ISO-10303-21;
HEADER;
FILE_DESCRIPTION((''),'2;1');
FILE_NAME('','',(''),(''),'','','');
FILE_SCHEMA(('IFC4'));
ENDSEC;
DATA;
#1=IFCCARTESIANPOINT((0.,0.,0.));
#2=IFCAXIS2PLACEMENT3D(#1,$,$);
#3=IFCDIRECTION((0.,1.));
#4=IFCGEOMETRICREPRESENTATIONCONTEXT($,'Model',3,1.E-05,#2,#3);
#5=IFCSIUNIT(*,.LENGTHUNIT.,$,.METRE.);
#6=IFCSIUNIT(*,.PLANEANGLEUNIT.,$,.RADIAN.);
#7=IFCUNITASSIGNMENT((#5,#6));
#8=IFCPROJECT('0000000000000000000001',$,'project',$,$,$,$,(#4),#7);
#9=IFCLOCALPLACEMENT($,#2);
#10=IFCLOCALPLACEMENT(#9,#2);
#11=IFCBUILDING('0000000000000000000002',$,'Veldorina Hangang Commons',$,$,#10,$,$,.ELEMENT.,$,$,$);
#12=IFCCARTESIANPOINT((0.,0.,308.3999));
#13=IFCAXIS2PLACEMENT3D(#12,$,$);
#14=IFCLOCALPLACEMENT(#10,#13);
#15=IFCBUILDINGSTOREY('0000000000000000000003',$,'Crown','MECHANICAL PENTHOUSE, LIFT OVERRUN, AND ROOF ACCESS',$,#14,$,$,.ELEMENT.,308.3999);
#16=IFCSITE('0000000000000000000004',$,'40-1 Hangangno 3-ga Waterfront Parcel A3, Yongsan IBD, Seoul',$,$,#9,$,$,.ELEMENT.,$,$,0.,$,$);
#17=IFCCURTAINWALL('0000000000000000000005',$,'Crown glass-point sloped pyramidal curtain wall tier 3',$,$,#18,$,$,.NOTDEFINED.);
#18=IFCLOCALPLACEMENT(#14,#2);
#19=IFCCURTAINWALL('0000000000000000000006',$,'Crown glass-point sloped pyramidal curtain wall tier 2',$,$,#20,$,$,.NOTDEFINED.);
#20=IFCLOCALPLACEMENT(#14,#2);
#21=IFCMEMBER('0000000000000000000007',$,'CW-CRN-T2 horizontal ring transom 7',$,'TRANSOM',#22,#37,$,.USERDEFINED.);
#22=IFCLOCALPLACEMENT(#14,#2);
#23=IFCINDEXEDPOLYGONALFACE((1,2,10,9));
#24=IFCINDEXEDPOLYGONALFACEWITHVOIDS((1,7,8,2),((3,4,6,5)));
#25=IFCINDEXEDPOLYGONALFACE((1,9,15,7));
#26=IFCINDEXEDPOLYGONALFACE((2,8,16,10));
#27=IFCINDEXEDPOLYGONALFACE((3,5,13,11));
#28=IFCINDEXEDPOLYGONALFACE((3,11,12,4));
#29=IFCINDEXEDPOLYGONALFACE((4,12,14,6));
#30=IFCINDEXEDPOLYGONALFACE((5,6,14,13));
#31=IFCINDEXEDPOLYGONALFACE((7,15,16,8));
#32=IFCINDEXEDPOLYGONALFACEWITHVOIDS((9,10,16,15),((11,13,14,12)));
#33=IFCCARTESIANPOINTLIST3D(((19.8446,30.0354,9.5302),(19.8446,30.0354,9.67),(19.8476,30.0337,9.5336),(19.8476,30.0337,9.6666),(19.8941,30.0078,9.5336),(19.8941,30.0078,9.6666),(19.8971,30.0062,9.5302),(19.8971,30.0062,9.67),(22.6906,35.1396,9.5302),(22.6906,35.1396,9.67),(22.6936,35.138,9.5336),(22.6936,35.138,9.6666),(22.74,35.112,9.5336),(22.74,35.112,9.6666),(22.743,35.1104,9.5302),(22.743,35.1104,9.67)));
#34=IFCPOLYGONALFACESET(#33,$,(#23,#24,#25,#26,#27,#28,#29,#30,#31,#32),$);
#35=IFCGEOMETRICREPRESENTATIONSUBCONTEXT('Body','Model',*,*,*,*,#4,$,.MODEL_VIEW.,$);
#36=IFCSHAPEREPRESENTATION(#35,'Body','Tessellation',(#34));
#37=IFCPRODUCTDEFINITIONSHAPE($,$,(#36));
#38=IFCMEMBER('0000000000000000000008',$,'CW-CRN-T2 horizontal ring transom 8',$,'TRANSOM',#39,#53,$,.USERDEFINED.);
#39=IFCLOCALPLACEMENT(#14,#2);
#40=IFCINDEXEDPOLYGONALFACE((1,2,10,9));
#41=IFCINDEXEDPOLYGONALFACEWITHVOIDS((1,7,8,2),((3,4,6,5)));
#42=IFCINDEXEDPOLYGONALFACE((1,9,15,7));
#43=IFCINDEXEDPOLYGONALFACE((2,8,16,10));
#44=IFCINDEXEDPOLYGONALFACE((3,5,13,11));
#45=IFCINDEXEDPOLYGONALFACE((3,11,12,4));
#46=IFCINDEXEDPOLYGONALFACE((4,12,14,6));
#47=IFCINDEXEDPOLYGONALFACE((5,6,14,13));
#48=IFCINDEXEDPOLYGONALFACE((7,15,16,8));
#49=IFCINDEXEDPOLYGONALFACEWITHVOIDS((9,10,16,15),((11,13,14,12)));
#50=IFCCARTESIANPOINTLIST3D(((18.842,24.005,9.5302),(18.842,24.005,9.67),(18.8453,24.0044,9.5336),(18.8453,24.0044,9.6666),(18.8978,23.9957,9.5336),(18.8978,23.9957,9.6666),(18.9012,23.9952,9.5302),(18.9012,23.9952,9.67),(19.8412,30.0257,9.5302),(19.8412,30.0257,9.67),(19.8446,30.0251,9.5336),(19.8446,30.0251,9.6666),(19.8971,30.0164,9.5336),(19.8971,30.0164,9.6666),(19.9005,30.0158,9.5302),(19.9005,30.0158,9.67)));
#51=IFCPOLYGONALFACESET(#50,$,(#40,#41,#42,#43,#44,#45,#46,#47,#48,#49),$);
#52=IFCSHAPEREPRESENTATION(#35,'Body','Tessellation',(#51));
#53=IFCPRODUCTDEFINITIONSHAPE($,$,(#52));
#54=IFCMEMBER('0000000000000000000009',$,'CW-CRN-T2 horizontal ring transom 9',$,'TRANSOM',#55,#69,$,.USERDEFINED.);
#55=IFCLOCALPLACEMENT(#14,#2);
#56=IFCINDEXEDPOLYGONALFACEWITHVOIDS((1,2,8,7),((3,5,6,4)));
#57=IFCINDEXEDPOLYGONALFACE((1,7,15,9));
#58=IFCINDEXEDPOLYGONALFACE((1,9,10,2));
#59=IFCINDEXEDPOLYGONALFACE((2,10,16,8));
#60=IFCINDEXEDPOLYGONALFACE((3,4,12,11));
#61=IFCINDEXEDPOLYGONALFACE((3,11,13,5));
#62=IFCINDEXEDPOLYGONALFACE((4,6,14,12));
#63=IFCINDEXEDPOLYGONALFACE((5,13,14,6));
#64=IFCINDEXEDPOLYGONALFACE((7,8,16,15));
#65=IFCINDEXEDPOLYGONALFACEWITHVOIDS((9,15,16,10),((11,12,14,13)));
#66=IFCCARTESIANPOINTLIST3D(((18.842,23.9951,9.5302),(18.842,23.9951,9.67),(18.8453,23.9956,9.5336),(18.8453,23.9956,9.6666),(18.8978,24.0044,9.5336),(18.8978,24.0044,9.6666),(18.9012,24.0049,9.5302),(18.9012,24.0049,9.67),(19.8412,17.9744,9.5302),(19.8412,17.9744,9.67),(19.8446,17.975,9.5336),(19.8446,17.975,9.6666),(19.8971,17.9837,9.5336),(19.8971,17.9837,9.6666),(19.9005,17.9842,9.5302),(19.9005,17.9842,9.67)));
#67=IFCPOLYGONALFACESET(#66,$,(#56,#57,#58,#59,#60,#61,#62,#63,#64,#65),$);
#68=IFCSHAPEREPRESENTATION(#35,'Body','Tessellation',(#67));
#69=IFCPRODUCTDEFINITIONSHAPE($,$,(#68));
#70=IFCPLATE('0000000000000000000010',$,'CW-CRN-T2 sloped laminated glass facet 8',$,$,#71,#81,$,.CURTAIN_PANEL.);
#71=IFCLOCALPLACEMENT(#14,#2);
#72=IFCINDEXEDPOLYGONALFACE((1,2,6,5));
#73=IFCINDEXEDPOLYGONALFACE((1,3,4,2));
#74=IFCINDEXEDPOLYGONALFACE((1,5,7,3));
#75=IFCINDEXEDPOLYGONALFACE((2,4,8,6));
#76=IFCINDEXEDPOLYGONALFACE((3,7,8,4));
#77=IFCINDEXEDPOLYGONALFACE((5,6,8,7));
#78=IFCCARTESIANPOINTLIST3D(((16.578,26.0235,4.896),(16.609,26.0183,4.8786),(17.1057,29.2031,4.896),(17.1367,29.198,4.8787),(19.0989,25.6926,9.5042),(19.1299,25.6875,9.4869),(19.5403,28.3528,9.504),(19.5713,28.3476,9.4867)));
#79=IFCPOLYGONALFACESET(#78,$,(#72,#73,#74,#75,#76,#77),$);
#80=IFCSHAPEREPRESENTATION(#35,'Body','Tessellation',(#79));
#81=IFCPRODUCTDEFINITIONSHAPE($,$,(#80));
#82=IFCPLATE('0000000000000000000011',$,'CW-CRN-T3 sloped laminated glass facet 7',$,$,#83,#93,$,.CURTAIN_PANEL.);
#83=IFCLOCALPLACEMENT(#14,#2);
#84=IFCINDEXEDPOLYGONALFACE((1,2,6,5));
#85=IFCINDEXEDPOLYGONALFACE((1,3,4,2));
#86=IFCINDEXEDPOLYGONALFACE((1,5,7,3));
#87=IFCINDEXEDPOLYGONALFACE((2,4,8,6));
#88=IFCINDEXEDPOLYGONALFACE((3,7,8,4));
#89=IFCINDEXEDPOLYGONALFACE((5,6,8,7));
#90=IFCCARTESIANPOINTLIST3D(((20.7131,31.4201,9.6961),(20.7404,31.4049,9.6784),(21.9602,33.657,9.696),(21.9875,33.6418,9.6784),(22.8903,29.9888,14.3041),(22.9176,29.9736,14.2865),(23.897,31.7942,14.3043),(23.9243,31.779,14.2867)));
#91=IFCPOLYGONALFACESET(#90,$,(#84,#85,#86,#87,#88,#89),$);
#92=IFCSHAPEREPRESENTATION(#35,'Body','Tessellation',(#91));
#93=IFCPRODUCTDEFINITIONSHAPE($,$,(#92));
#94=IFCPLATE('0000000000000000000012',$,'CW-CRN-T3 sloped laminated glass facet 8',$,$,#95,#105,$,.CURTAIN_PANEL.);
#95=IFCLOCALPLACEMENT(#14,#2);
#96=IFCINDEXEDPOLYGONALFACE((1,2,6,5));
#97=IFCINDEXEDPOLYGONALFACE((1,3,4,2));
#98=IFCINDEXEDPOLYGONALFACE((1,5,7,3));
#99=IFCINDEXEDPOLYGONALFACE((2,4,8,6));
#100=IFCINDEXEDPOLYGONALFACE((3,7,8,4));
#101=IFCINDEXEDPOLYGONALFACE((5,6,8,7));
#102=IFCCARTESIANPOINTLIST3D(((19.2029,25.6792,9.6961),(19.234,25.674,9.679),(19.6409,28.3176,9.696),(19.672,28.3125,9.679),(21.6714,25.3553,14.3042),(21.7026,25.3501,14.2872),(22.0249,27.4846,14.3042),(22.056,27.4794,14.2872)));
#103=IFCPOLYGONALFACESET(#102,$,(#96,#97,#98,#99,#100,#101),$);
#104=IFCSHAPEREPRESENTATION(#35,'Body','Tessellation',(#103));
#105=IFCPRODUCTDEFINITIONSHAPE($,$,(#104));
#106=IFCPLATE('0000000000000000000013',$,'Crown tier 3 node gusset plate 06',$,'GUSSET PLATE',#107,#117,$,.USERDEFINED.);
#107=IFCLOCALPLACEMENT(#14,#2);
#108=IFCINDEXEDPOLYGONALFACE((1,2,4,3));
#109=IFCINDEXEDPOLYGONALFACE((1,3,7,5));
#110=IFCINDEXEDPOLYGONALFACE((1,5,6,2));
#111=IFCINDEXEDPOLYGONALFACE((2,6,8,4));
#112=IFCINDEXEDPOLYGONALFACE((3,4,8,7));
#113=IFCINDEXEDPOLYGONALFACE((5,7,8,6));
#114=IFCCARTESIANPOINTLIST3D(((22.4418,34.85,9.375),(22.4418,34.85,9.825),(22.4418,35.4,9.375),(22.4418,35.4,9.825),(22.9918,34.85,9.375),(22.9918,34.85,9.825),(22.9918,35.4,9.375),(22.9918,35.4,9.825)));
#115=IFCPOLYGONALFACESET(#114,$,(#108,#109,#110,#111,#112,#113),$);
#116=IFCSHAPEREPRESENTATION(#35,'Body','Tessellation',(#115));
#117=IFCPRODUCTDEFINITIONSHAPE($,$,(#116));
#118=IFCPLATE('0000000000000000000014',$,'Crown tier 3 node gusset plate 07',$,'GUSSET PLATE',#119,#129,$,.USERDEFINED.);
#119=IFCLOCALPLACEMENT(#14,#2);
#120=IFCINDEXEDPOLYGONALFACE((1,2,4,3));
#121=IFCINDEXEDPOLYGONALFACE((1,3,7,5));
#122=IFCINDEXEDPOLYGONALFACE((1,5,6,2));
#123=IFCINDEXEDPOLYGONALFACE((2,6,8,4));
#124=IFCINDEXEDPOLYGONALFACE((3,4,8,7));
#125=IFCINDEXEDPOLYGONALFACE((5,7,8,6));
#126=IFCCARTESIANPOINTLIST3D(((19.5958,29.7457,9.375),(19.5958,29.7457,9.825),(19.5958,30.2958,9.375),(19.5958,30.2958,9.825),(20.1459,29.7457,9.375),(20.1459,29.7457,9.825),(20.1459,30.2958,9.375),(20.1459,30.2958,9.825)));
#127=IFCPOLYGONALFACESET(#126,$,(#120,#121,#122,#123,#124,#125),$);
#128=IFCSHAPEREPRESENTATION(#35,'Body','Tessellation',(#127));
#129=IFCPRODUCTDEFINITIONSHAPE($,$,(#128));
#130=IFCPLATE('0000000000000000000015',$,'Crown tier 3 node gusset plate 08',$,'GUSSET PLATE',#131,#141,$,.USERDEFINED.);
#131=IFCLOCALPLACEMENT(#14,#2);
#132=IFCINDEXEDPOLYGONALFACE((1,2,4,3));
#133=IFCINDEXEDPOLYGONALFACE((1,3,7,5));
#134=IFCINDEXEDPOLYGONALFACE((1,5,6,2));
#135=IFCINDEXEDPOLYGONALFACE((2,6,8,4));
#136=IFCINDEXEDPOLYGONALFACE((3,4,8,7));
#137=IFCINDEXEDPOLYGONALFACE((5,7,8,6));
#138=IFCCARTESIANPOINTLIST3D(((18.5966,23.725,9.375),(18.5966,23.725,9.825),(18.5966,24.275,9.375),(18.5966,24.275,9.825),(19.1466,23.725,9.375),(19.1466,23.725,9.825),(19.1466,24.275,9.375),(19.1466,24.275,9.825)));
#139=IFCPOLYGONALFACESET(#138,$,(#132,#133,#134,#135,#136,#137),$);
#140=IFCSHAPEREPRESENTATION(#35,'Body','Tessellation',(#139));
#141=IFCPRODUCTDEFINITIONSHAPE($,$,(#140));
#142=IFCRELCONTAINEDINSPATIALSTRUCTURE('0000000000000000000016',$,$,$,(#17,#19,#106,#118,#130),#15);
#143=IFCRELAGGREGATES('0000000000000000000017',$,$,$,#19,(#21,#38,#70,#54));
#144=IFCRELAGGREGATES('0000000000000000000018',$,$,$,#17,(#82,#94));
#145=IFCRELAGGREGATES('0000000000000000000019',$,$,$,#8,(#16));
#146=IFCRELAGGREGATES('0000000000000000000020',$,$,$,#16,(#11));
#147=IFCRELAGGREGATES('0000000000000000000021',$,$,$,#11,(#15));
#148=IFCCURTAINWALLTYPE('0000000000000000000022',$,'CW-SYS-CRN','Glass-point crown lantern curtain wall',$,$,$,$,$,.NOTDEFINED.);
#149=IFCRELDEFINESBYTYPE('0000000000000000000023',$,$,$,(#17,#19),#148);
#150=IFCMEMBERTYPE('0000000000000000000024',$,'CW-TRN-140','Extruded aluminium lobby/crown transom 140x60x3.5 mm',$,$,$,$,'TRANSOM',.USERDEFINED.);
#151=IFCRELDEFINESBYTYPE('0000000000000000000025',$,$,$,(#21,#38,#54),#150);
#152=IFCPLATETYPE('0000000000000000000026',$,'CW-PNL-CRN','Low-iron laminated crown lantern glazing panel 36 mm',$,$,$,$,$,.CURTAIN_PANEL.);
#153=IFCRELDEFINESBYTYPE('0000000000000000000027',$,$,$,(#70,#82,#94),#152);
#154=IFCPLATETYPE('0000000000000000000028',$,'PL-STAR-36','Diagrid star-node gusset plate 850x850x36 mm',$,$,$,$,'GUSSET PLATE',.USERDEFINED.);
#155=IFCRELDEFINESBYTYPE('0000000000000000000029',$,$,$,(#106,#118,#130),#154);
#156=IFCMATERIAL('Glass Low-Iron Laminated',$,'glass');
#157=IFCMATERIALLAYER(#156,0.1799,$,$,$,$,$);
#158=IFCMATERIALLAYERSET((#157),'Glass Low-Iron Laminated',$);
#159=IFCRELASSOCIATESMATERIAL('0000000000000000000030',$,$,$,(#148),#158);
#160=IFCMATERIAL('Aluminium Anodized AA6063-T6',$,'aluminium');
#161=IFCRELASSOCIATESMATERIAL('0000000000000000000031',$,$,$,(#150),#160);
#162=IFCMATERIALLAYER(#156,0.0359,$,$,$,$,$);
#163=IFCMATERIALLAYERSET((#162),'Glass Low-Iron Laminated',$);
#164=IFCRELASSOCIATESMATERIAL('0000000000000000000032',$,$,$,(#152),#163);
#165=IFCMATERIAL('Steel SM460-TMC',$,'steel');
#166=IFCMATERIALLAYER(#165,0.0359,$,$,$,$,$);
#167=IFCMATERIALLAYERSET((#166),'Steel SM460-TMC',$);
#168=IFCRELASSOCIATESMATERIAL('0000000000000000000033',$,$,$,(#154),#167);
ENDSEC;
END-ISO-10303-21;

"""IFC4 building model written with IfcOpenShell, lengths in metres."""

from ifc_helpers import new_model, si_unit, direction, frame, origin, origin_2d, place, context, subcontext, project, spatial, polyline, rectangle, hollow_rectangle, outline, extrude, material, layer, layer_set, material_profile, profile_set, type_object, element, aggregate, save


model = new_model("IFC4")

# Units and contexts
model_context = context("Model", 3, precision=1e-05, world=origin(), true_north=direction((0.0, 1.0)))
body_context = subcontext(model_context, "Body", "Model", "MODEL_VIEW")
ifc_project = project(units=[si_unit("LENGTHUNIT", "METRE"), si_unit("PLANEANGLEUNIT", "RADIAN")], contexts=[model_context])

# Site, building, storey
site_placement = place(None, origin())
site = spatial("IfcSite", under=ifc_project, at=site_placement, Name="40-1 Hangangno 3-ga Waterfront Parcel A3, Yongsan IBD, Seoul", CompositionType="ELEMENT", RefElevation=0.0)
building_placement = place(site_placement, origin())
building = spatial("IfcBuilding", under=site, at=building_placement, Name="Veldorina Hangang Commons", CompositionType="ELEMENT")
storey_placement = place(building_placement, frame((0.0, 0.0, 308.3999)))
storey = spatial("IfcBuildingStorey", under=building, at=storey_placement, Name="Crown", Description="MECHANICAL PENTHOUSE, LIFT OVERRUN, AND ROOF ACCESS", CompositionType="ELEMENT", Elevation=308.3999)

# Shared definitions
ifc_material_1 = material(Name="Steel SM460-TMC", Category="steel")

# Curtain wall
ifc_material_2 = material(Name="Glass Low-Iron Laminated", Category="glass")
ifc_layer_1 = layer(ifc_material_2, 0.1799)
ifc_layer_set_1 = layer_set([ifc_layer_1], Name="Glass Low-Iron Laminated")
curtain_wall_type = type_object("IfcCurtainWallType", Name="CW-SYS-CRN", Description="Glass-point crown lantern curtain wall", PredefinedType="NOTDEFINED", material=ifc_layer_set_1)
curtain_wall_1_placement = place(storey_placement, origin())
curtain_wall_1 = element("IfcCurtainWall", 1, at=curtain_wall_1_placement, inside=storey, type_object=curtain_wall_type, Name="Crown glass-point sloped pyramidal curtain wall tier 3", PredefinedType="NOTDEFINED")
ifc_material_3 = material(Name="Aluminium Anodized AA6063-T6", Category="aluminium")

# Curtain wall, members, plate
curtain_wall_2_placement = place(storey_placement, origin())
curtain_wall_2 = element("IfcCurtainWall", 2, at=curtain_wall_2_placement, inside=storey, type_object=curtain_wall_type, Name="Crown glass-point sloped pyramidal curtain wall tier 2", PredefinedType="NOTDEFINED")
ifc_material_profile_1 = material_profile(ifc_material_3, hollow_rectangle(XDim=0.0601, YDim=0.1399, WallThickness=0.0034, at=origin_2d()), Name="ALU-RHS-140x60x3.5")
ifc_profile_set_1 = profile_set([ifc_material_profile_1], Name="Aluminium Anodized AA6063-T6")
member_type_1 = type_object("IfcMemberType", Name="CW-TRN-140", Description="Extruded aluminium lobby/crown transom 140x60x3.5 mm", ElementType="TRANSOM", PredefinedType="USERDEFINED", material=ifc_profile_set_1)
member_1_placement = place(storey_placement, frame((22.7168, 35.125, 9.6001), z_axis=(-0.486983, -0.873411, 0.0), x_axis=(0.873411, -0.486983, 0.0)))
member_1 = element("IfcMember", 3, at=member_1_placement, type_object=member_type_1, Name="CW-CRN-T2 horizontal ring transom 7", ObjectType="TRANSOM", PredefinedType="USERDEFINED", context=body_context, shape_type="SweptSolid", body=[
    extrude(hollow_rectangle(XDim=0.0601, YDim=0.1399, WallThickness=0.0034, at=origin_2d()), origin(), (0.0, 0.0, 1.0), 5.844),
])
member_2_placement = place(storey_placement, frame((19.8708, 30.0208, 9.6001), z_axis=(-0.163731, -0.986505, 0.0), x_axis=(0.986505, -0.163731, 0.0)))
member_2 = element("IfcMember", 4, at=member_2_placement, type_object=member_type_1, Name="CW-CRN-T2 horizontal ring transom 8", ObjectType="TRANSOM", PredefinedType="USERDEFINED", context=body_context, shape_type="SweptSolid", body=[
    extrude(hollow_rectangle(XDim=0.0601, YDim=0.1399, WallThickness=0.0034, at=origin_2d()), origin(), (0.0, 0.0, 1.0), 6.103),
])
member_3_placement = place(storey_placement, frame((18.8716, 24.0, 9.6001), z_axis=(0.163731, -0.986505, 0.0), x_axis=(0.986505, 0.163731, 0.0)))
member_3 = element("IfcMember", 5, at=member_3_placement, type_object=member_type_1, Name="CW-CRN-T2 horizontal ring transom 9", ObjectType="TRANSOM", PredefinedType="USERDEFINED", context=body_context, shape_type="SweptSolid", body=[
    extrude(hollow_rectangle(XDim=0.0601, YDim=0.1399, WallThickness=0.0034, at=origin_2d()), origin(), (0.0, 0.0, 1.0), 6.103),
])
ifc_layer_2 = layer(ifc_material_2, 0.0359)
ifc_layer_set_2 = layer_set([ifc_layer_2], Name="Glass Low-Iron Laminated")
plate_type_1 = type_object("IfcPlateType", Name="CW-PNL-CRN", Description="Low-iron laminated crown lantern glazing panel 36 mm", PredefinedType="CURTAIN_PANEL", material=ifc_layer_set_2)
plate_1_placement = place(storey_placement, frame((17.1057, 29.2031, 4.896), z_axis=(-0.863872, 0.143377, 0.482875), x_axis=(-0.163737, -0.986504, -0.000013)))
plate_1 = element("IfcPlate", 6, at=plate_1_placement, type_object=plate_type_1, Name="CW-CRN-T2 sloped laminated glass facet 8", PredefinedType="CURTAIN_PANEL", context=body_context, shape_type="SweptSolid", body=[
    extrude(outline(polyline([(0.0, 0.0), (3.2231, 0.0), (3.1367, 5.2625), (0.4402, 5.2622), (0.0, 0.0)])), origin(), (0.0, 0.0, -1.0), 0.0359),
])
aggregate(curtain_wall_2, [member_1, member_2, plate_1, member_3])

# Plates
plate_2_placement = place(storey_placement, frame((21.9602, 33.657, 9.696), z_axis=(-0.760788, 0.424161, 0.491212), x_axis=(-0.486958, -0.873425, 0.000003)))
plate_2 = element("IfcPlate", 7, at=plate_2_placement, type_object=plate_type_1, Name="CW-CRN-T3 sloped laminated glass facet 7", PredefinedType="CURTAIN_PANEL", context=body_context, shape_type="SweptSolid", body=[
    extrude(outline(polyline([(0.0, 0.0), (2.561, 0.0), (2.751, 5.2903), (0.6838, 5.2905), (0.0, 0.0)])), origin(), (0.0, 0.0, -1.0), 0.0359),
])
plate_3_placement = place(storey_placement, frame((19.6409, 28.3176, 9.696), z_axis=(-0.868038, 0.144103, 0.475126), x_axis=(-0.163767, -0.986499, 0.000002)))
plate_3 = element("IfcPlate", 8, at=plate_3_placement, type_object=plate_type_1, Name="CW-CRN-T3 sloped laminated glass facet 8", PredefinedType="CURTAIN_PANEL", context=body_context, shape_type="SweptSolid", body=[
    extrude(outline(polyline([(0.0, 0.0), (2.6746, 0.0), (2.5898, 5.2371), (0.4314, 5.2371), (0.0, 0.0)])), origin(), (0.0, 0.0, -1.0), 0.0359),
])
aggregate(curtain_wall_1, [plate_2, plate_3])

# Plates
ifc_layer_3 = layer(ifc_material_1, 0.0359)
ifc_layer_set_3 = layer_set([ifc_layer_3], Name="Steel SM460-TMC")
plate_type_2 = type_object("IfcPlateType", Name="PL-STAR-36", Description="Diagrid star-node gusset plate 850x850x36 mm", ElementType="GUSSET PLATE", PredefinedType="USERDEFINED", material=ifc_layer_set_3)
for number, where, z_axis, x_axis, name in (
    (9, (22.7168, 35.125, 9.375), (0.0, 0.0, 1.0), (1.0, 0.0, 0.0), "Crown tier 3 node gusset plate 06"),
    (10, (19.8708, 30.0208, 9.375), (0.0, 0.0, 1.0), (1.0, 0.0, 0.0), "Crown tier 3 node gusset plate 07"),
    (11, (18.8716, 24.0, 9.375), (0.0, 0.0, 1.0), (1.0, 0.0, 0.0), "Crown tier 3 node gusset plate 08"),
):
    element("IfcPlate", number, at=place(storey_placement, frame(where, z_axis=z_axis, x_axis=x_axis)), inside=storey, type_object=plate_type_2, Name=name, ObjectType="GUSSET PLATE", PredefinedType="USERDEFINED", context=body_context, shape_type="SweptSolid", body=[
        extrude(rectangle(XDim=0.55, YDim=0.55, at=origin_2d()), origin(), (0.0, 0.0, 1.0), 0.45),
    ])

save(model, "model.ifc")
